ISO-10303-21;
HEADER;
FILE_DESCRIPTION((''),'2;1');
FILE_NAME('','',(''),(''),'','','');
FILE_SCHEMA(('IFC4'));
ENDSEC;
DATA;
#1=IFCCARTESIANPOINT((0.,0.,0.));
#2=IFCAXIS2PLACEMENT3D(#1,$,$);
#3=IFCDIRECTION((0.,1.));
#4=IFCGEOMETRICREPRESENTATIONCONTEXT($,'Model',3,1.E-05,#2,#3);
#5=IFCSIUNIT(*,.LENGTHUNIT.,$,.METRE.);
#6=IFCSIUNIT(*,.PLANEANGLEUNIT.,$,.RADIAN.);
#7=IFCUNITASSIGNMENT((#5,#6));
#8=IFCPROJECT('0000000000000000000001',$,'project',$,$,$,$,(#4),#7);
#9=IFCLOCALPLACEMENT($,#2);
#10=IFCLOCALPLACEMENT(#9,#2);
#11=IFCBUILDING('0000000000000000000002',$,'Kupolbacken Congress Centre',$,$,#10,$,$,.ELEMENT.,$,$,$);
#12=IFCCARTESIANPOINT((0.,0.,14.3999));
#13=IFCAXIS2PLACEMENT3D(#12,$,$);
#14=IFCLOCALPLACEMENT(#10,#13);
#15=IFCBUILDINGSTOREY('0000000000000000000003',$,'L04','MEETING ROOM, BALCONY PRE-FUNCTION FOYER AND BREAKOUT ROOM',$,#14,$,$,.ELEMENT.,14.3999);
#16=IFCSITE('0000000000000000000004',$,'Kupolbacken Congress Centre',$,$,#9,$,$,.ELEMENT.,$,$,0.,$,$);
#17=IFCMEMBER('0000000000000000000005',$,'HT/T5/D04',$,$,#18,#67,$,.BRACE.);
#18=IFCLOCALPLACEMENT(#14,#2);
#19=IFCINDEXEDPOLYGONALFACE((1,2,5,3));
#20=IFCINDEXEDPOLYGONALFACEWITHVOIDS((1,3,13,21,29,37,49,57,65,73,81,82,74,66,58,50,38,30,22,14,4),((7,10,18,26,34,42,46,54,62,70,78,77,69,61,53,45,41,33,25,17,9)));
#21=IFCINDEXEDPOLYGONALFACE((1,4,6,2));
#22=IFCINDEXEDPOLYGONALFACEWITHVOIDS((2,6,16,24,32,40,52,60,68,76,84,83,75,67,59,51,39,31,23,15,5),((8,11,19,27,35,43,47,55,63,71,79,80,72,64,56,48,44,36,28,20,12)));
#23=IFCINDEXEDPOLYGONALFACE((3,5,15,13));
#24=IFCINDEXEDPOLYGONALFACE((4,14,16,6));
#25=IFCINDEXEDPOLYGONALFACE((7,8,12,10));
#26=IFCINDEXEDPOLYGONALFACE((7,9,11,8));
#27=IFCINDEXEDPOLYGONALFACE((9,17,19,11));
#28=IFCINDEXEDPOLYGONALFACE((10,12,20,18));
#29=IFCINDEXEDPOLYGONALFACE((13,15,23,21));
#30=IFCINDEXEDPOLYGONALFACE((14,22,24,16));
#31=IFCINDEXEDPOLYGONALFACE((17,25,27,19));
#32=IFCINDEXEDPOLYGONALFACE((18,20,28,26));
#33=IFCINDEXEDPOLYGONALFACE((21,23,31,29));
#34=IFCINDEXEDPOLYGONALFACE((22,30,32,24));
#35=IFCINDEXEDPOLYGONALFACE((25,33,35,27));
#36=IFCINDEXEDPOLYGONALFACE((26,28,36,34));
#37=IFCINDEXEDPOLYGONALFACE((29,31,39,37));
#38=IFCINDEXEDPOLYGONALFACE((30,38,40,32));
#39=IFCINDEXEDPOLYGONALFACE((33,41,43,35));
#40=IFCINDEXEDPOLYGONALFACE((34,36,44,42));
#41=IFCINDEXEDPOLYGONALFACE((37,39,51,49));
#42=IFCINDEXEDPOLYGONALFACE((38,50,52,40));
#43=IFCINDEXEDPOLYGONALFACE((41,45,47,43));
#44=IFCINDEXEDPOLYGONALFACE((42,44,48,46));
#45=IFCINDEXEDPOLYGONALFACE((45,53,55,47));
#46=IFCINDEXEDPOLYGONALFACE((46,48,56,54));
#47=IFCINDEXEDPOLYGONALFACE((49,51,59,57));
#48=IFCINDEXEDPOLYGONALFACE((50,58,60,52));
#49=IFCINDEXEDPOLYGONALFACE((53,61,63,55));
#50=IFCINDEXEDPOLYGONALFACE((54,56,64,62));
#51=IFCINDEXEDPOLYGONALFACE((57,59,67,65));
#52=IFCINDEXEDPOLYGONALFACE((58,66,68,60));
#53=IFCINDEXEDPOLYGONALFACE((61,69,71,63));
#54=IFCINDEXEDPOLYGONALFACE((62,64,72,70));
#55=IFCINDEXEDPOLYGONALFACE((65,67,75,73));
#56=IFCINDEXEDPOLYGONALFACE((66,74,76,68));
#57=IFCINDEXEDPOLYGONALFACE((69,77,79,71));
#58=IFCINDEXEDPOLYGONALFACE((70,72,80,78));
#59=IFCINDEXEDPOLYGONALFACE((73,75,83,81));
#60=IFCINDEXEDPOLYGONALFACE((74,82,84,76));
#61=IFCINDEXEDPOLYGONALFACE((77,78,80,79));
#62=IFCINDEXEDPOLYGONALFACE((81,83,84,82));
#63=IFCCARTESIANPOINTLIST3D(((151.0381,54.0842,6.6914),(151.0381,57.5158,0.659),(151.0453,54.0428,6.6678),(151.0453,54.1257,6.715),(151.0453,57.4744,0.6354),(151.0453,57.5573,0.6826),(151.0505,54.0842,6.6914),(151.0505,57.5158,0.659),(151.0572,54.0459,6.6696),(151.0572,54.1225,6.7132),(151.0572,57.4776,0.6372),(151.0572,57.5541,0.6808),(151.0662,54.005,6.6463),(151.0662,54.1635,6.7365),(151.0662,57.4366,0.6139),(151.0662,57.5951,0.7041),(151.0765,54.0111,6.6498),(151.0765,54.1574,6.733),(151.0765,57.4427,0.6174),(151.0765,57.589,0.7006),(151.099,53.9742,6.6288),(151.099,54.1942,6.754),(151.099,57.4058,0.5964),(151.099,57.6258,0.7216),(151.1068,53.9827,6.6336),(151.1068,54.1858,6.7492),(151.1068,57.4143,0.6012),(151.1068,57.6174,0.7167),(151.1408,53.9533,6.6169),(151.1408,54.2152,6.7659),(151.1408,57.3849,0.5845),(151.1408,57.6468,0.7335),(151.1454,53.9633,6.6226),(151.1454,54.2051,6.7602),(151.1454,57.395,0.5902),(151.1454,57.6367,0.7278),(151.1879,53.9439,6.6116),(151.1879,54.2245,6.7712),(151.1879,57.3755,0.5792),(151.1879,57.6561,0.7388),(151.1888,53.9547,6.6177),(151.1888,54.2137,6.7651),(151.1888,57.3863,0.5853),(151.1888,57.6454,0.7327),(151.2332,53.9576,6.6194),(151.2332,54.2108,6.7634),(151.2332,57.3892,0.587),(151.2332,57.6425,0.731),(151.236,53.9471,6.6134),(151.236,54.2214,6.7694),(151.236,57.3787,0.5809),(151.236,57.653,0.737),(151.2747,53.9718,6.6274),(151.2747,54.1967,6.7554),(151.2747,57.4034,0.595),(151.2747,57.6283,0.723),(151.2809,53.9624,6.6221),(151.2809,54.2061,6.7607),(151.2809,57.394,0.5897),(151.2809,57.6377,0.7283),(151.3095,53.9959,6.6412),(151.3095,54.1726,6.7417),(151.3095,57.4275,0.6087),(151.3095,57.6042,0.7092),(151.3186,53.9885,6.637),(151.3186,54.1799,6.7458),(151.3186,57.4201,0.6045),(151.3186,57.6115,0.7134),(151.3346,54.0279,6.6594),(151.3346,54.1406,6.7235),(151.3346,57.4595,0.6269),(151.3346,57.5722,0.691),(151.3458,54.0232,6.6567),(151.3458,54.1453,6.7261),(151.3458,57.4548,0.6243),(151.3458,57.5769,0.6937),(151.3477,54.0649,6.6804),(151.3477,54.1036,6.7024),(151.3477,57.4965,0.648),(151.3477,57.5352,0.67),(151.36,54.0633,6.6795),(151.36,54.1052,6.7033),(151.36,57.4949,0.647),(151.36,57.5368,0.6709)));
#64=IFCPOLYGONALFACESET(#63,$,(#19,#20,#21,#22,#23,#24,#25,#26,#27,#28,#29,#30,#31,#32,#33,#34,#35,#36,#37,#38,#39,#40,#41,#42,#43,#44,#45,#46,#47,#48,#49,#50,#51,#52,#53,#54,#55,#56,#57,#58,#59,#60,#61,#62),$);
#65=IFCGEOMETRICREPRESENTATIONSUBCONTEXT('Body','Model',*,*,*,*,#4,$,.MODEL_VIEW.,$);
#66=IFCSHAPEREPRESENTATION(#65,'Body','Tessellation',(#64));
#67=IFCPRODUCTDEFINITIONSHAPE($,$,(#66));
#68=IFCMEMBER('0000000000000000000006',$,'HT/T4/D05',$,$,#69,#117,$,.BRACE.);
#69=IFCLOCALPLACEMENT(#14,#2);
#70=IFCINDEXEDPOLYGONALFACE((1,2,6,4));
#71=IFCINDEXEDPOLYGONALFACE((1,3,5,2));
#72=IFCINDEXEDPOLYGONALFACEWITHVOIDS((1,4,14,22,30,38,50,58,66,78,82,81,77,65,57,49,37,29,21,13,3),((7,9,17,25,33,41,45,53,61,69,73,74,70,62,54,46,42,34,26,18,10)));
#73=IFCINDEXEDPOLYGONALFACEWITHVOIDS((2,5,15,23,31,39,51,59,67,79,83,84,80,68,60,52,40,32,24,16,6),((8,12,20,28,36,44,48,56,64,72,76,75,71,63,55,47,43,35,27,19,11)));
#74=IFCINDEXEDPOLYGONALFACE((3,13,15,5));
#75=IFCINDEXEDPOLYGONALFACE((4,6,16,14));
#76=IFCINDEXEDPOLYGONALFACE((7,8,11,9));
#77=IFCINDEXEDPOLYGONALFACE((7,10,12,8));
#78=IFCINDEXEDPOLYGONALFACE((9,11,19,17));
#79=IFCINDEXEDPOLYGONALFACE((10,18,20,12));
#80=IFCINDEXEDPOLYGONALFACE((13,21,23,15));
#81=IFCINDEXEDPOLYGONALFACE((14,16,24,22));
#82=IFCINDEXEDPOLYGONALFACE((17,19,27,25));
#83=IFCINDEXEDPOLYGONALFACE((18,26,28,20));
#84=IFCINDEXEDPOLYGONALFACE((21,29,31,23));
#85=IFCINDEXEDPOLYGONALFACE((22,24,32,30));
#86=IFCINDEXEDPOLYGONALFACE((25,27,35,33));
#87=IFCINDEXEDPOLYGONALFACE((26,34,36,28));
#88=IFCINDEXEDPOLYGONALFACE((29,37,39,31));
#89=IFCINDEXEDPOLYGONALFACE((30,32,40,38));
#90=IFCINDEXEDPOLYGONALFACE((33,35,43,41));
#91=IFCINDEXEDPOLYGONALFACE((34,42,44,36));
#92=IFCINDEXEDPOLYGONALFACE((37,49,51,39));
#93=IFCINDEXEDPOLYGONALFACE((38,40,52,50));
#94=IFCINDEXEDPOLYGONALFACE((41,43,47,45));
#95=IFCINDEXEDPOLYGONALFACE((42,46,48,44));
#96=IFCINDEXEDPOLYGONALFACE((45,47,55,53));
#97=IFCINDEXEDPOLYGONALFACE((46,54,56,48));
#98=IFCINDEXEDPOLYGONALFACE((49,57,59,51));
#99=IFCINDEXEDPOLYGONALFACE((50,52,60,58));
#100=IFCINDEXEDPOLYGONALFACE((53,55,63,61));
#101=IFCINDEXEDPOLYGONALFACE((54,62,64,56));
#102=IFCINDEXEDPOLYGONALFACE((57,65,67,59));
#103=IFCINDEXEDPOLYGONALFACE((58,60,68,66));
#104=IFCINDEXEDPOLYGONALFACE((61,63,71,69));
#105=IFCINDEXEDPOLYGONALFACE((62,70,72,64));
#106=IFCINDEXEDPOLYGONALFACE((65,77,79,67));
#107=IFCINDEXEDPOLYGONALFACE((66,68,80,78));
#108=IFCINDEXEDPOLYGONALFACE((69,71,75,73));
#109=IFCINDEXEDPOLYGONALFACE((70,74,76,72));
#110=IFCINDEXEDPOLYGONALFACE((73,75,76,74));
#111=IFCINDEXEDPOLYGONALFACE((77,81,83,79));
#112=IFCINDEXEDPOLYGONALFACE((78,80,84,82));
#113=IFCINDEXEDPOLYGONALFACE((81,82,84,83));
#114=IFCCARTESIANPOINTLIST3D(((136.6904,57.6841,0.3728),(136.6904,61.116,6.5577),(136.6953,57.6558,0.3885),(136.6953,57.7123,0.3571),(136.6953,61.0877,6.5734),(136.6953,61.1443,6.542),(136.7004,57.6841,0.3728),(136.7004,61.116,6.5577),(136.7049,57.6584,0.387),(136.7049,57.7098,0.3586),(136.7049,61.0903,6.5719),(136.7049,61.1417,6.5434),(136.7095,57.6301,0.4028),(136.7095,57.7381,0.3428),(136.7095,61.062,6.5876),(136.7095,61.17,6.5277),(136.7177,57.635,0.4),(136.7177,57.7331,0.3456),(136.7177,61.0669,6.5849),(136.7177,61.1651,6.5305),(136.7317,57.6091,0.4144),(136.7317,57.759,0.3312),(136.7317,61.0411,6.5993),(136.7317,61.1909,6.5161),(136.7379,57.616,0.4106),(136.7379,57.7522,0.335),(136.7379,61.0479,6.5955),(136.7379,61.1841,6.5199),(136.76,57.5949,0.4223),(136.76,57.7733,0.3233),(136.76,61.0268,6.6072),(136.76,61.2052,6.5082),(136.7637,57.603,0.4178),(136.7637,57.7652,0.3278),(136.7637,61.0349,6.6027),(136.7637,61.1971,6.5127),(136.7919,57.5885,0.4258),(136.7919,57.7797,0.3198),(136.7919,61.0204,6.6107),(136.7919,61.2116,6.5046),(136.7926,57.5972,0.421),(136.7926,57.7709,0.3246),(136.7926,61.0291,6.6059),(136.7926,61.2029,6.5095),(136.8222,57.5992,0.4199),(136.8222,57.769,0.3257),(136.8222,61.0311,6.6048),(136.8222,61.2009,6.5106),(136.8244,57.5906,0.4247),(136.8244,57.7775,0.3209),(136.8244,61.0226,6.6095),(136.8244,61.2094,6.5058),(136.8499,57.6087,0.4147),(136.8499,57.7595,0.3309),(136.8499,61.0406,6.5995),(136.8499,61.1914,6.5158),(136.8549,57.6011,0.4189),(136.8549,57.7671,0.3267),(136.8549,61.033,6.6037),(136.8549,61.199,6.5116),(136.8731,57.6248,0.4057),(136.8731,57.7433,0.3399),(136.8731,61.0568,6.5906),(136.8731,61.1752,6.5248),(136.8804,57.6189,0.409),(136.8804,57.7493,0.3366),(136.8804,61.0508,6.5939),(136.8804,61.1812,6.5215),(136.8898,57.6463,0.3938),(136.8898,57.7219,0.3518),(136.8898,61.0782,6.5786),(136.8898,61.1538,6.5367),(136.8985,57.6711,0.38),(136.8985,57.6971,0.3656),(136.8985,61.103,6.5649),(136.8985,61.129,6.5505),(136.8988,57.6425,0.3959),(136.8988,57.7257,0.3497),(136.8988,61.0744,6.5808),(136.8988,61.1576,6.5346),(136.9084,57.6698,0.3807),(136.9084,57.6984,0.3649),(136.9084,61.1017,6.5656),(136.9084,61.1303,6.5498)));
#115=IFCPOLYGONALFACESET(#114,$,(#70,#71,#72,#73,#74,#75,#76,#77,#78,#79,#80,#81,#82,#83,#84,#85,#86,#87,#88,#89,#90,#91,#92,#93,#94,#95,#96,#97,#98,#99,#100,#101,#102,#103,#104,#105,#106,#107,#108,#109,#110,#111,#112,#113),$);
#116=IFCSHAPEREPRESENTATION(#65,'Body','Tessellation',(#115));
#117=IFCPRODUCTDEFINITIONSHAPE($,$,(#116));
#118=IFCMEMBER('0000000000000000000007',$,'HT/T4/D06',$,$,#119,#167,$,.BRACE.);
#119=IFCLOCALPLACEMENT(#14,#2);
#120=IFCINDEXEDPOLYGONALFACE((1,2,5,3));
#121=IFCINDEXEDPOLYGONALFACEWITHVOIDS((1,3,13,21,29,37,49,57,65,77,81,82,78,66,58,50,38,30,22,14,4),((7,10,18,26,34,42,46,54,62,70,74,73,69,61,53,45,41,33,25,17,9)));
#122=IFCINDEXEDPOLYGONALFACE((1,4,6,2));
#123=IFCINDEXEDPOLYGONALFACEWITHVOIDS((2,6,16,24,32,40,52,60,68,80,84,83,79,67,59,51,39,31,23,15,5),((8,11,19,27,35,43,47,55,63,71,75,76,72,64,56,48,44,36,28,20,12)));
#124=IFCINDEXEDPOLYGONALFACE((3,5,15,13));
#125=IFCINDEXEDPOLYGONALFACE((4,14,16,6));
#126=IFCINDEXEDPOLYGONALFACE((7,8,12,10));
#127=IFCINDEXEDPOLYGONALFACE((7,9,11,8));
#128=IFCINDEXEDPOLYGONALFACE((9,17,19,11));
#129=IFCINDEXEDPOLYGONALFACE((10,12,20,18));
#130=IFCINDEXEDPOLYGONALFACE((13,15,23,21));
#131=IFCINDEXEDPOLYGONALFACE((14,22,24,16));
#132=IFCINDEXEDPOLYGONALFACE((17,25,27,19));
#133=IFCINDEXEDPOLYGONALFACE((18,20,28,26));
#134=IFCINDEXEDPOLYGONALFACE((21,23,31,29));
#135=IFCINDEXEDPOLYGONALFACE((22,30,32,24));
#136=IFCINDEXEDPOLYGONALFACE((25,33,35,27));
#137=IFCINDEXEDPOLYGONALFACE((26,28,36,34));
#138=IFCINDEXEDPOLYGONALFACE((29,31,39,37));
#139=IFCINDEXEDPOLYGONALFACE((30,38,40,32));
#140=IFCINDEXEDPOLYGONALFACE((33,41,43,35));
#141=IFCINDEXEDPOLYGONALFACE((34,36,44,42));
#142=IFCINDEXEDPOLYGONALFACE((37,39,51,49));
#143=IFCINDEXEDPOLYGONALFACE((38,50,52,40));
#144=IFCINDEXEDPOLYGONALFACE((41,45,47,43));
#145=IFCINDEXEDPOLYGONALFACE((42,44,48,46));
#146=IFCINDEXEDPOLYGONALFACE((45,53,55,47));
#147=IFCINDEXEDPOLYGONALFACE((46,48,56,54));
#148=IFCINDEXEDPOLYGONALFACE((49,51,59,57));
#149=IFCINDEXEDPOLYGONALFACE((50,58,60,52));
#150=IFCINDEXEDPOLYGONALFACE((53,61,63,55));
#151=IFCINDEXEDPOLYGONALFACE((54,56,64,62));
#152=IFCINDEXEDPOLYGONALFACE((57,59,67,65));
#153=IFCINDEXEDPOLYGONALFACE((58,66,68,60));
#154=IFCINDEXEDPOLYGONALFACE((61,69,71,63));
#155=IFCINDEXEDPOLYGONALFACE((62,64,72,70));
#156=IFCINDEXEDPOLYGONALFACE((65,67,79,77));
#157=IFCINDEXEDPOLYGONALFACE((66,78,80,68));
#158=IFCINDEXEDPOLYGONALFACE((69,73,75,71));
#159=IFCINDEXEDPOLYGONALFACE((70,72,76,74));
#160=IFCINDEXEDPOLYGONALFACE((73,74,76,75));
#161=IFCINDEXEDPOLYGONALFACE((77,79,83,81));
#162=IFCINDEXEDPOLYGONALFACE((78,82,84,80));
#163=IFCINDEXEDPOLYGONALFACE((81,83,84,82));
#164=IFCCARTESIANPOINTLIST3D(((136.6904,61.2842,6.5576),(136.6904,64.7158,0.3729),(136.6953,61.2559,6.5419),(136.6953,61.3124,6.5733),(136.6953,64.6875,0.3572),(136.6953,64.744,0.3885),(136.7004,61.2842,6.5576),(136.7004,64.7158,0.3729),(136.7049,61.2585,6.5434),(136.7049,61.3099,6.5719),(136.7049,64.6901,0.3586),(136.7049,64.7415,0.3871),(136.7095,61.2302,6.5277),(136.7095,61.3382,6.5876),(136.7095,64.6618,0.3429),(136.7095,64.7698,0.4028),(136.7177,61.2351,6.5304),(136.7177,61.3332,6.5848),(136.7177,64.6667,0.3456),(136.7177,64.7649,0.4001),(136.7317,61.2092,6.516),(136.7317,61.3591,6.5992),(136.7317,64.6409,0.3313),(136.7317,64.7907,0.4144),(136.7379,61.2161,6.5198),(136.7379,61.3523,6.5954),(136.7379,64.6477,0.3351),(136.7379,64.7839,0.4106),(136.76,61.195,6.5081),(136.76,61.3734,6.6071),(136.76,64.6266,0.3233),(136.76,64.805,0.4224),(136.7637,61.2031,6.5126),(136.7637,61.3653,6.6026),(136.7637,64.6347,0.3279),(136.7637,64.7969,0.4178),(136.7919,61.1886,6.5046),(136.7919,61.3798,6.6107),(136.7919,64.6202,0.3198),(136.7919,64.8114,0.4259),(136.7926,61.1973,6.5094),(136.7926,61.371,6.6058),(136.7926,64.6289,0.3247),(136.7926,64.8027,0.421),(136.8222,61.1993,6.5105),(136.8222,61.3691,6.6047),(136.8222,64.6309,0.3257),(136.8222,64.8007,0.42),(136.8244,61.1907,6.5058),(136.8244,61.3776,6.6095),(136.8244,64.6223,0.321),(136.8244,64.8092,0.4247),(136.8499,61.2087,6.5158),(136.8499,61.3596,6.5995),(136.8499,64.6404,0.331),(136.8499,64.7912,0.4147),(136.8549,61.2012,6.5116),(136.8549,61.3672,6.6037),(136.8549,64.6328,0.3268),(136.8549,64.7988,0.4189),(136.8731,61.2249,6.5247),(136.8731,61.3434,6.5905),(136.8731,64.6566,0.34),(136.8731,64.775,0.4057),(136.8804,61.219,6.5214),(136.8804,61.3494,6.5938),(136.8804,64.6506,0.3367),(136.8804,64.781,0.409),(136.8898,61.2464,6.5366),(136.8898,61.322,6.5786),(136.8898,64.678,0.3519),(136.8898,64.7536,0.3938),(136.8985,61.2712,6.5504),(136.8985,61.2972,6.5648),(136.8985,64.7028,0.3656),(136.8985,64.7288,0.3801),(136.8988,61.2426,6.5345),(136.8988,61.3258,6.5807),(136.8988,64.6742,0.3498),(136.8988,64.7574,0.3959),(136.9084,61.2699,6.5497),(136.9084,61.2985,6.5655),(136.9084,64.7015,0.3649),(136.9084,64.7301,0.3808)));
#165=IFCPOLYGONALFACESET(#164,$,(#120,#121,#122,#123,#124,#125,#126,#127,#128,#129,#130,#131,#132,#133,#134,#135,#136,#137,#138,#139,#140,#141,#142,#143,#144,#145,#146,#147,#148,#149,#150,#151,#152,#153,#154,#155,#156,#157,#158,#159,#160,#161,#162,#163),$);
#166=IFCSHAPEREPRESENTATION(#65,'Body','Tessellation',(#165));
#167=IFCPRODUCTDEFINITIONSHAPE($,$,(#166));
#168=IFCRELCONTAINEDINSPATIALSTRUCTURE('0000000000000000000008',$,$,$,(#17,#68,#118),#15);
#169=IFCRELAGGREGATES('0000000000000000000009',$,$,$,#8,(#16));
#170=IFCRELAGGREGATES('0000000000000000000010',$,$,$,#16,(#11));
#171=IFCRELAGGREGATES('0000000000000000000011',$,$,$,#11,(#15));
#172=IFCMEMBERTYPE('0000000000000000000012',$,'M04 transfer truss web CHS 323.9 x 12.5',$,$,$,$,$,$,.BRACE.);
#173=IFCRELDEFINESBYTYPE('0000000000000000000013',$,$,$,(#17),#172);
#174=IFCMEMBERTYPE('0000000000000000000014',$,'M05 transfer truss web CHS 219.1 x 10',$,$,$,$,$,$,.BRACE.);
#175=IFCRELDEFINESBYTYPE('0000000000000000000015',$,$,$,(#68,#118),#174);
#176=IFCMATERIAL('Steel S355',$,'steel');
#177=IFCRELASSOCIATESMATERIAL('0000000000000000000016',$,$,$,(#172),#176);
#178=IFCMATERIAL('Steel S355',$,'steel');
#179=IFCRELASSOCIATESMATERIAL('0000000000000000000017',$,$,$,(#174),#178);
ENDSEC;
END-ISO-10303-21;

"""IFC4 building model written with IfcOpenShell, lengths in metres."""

from ifc_helpers import new_model, si_unit, direction, frame, origin, origin_2d, place, context, subcontext, project, spatial, hollow_circle, extrude, material, material_profile, profile_set, type_object, element, save


model = new_model("IFC4")

# Units and contexts
model_context = context("Model", 3, precision=1e-05, world=origin(), true_north=direction((0.0, 1.0)))
body_context = subcontext(model_context, "Body", "Model", "MODEL_VIEW")
ifc_project = project(units=[si_unit("LENGTHUNIT", "METRE"), si_unit("PLANEANGLEUNIT", "RADIAN")], contexts=[model_context])

# Site, building, storey
site_placement = place(None, origin())
site = spatial("IfcSite", under=ifc_project, at=site_placement, Name="Kupolbacken Congress Centre", CompositionType="ELEMENT", RefElevation=0.0)
building_placement = place(site_placement, origin())
building = spatial("IfcBuilding", under=site, at=building_placement, Name="Kupolbacken Congress Centre", CompositionType="ELEMENT")
storey_placement = place(building_placement, frame((0.0, 0.0, 14.3999)))
storey = spatial("IfcBuildingStorey", under=building, at=storey_placement, Name="L04", Description="MEETING ROOM, BALCONY PRE-FUNCTION FOYER AND BREAKOUT ROOM", CompositionType="ELEMENT", Elevation=14.3999)

# Members
ifc_material_1 = material(Name="Steel S355", Category="steel")
ifc_material_profile_1 = material_profile(ifc_material_1, hollow_circle(Radius=0.1619, WallThickness=0.0125, at=origin_2d()), Name="CHS 323.9 x 12.5")
ifc_profile_set_1 = profile_set([ifc_material_profile_1], Name="Steel S355")
member_type_1 = type_object("IfcMemberType", Name="M04 transfer truss web CHS 323.9 x 12.5", PredefinedType="BRACE", material=ifc_profile_set_1)
for number, where, z_axis, x_axis, name in (
    (1, (151.2, 54.0842, 6.6914), (0.0, 0.494456, -0.869203), (-1.0, 0.0, 0.0), "HT/T5/D04"),
):
    element("IfcMember", number, at=place(storey_placement, frame(where, z_axis=z_axis, x_axis=x_axis)), inside=storey, type_object=member_type_1, Name=name, PredefinedType="BRACE", context=body_context, shape_type="SweptSolid", body=[
        extrude(hollow_circle(Radius=0.1619, WallThickness=0.0125, at=origin_2d()), origin(), (0.0, 0.0, 1.0), 6.9402),
    ])
ifc_material_2 = material(Name="Steel S355", Category="steel")
ifc_material_profile_2 = material_profile(ifc_material_2, hollow_circle(Radius=0.1096, WallThickness=0.01, at=origin_2d()), Name="CHS 219.1 x 10")
ifc_profile_set_2 = profile_set([ifc_material_profile_2], Name="Steel S355")
member_type_2 = type_object("IfcMemberType", Name="M05 transfer truss web CHS 219.1 x 10", PredefinedType="BRACE", material=ifc_profile_set_2)
member_1_placement = place(storey_placement, frame((136.8, 57.6841, 0.3728), z_axis=(0.0, 0.485197, 0.874405), x_axis=(-1.0, 0.0, 0.0)))
element("IfcMember", 2, at=member_1_placement, inside=storey, type_object=member_type_2, Name="HT/T4/D05", PredefinedType="BRACE", context=body_context, shape_type="SweptSolid", body=[
    extrude(hollow_circle(Radius=0.1096, WallThickness=0.01, at=origin_2d()), origin(), (0.0, 0.0, 1.0), 7.0732),
])
member_2_placement = place(storey_placement, frame((136.8, 61.2842, 6.5576), z_axis=(0.0, 0.485171, -0.874419), x_axis=(-1.0, 0.0, 0.0)))
element("IfcMember", 3, at=member_2_placement, inside=storey, type_object=member_type_2, Name="HT/T4/D06", PredefinedType="BRACE", context=body_context, shape_type="SweptSolid", body=[
    extrude(hollow_circle(Radius=0.1096, WallThickness=0.01, at=origin_2d()), origin(), (0.0, 0.0, 1.0), 7.073),
])

save(model, "model.ifc")
